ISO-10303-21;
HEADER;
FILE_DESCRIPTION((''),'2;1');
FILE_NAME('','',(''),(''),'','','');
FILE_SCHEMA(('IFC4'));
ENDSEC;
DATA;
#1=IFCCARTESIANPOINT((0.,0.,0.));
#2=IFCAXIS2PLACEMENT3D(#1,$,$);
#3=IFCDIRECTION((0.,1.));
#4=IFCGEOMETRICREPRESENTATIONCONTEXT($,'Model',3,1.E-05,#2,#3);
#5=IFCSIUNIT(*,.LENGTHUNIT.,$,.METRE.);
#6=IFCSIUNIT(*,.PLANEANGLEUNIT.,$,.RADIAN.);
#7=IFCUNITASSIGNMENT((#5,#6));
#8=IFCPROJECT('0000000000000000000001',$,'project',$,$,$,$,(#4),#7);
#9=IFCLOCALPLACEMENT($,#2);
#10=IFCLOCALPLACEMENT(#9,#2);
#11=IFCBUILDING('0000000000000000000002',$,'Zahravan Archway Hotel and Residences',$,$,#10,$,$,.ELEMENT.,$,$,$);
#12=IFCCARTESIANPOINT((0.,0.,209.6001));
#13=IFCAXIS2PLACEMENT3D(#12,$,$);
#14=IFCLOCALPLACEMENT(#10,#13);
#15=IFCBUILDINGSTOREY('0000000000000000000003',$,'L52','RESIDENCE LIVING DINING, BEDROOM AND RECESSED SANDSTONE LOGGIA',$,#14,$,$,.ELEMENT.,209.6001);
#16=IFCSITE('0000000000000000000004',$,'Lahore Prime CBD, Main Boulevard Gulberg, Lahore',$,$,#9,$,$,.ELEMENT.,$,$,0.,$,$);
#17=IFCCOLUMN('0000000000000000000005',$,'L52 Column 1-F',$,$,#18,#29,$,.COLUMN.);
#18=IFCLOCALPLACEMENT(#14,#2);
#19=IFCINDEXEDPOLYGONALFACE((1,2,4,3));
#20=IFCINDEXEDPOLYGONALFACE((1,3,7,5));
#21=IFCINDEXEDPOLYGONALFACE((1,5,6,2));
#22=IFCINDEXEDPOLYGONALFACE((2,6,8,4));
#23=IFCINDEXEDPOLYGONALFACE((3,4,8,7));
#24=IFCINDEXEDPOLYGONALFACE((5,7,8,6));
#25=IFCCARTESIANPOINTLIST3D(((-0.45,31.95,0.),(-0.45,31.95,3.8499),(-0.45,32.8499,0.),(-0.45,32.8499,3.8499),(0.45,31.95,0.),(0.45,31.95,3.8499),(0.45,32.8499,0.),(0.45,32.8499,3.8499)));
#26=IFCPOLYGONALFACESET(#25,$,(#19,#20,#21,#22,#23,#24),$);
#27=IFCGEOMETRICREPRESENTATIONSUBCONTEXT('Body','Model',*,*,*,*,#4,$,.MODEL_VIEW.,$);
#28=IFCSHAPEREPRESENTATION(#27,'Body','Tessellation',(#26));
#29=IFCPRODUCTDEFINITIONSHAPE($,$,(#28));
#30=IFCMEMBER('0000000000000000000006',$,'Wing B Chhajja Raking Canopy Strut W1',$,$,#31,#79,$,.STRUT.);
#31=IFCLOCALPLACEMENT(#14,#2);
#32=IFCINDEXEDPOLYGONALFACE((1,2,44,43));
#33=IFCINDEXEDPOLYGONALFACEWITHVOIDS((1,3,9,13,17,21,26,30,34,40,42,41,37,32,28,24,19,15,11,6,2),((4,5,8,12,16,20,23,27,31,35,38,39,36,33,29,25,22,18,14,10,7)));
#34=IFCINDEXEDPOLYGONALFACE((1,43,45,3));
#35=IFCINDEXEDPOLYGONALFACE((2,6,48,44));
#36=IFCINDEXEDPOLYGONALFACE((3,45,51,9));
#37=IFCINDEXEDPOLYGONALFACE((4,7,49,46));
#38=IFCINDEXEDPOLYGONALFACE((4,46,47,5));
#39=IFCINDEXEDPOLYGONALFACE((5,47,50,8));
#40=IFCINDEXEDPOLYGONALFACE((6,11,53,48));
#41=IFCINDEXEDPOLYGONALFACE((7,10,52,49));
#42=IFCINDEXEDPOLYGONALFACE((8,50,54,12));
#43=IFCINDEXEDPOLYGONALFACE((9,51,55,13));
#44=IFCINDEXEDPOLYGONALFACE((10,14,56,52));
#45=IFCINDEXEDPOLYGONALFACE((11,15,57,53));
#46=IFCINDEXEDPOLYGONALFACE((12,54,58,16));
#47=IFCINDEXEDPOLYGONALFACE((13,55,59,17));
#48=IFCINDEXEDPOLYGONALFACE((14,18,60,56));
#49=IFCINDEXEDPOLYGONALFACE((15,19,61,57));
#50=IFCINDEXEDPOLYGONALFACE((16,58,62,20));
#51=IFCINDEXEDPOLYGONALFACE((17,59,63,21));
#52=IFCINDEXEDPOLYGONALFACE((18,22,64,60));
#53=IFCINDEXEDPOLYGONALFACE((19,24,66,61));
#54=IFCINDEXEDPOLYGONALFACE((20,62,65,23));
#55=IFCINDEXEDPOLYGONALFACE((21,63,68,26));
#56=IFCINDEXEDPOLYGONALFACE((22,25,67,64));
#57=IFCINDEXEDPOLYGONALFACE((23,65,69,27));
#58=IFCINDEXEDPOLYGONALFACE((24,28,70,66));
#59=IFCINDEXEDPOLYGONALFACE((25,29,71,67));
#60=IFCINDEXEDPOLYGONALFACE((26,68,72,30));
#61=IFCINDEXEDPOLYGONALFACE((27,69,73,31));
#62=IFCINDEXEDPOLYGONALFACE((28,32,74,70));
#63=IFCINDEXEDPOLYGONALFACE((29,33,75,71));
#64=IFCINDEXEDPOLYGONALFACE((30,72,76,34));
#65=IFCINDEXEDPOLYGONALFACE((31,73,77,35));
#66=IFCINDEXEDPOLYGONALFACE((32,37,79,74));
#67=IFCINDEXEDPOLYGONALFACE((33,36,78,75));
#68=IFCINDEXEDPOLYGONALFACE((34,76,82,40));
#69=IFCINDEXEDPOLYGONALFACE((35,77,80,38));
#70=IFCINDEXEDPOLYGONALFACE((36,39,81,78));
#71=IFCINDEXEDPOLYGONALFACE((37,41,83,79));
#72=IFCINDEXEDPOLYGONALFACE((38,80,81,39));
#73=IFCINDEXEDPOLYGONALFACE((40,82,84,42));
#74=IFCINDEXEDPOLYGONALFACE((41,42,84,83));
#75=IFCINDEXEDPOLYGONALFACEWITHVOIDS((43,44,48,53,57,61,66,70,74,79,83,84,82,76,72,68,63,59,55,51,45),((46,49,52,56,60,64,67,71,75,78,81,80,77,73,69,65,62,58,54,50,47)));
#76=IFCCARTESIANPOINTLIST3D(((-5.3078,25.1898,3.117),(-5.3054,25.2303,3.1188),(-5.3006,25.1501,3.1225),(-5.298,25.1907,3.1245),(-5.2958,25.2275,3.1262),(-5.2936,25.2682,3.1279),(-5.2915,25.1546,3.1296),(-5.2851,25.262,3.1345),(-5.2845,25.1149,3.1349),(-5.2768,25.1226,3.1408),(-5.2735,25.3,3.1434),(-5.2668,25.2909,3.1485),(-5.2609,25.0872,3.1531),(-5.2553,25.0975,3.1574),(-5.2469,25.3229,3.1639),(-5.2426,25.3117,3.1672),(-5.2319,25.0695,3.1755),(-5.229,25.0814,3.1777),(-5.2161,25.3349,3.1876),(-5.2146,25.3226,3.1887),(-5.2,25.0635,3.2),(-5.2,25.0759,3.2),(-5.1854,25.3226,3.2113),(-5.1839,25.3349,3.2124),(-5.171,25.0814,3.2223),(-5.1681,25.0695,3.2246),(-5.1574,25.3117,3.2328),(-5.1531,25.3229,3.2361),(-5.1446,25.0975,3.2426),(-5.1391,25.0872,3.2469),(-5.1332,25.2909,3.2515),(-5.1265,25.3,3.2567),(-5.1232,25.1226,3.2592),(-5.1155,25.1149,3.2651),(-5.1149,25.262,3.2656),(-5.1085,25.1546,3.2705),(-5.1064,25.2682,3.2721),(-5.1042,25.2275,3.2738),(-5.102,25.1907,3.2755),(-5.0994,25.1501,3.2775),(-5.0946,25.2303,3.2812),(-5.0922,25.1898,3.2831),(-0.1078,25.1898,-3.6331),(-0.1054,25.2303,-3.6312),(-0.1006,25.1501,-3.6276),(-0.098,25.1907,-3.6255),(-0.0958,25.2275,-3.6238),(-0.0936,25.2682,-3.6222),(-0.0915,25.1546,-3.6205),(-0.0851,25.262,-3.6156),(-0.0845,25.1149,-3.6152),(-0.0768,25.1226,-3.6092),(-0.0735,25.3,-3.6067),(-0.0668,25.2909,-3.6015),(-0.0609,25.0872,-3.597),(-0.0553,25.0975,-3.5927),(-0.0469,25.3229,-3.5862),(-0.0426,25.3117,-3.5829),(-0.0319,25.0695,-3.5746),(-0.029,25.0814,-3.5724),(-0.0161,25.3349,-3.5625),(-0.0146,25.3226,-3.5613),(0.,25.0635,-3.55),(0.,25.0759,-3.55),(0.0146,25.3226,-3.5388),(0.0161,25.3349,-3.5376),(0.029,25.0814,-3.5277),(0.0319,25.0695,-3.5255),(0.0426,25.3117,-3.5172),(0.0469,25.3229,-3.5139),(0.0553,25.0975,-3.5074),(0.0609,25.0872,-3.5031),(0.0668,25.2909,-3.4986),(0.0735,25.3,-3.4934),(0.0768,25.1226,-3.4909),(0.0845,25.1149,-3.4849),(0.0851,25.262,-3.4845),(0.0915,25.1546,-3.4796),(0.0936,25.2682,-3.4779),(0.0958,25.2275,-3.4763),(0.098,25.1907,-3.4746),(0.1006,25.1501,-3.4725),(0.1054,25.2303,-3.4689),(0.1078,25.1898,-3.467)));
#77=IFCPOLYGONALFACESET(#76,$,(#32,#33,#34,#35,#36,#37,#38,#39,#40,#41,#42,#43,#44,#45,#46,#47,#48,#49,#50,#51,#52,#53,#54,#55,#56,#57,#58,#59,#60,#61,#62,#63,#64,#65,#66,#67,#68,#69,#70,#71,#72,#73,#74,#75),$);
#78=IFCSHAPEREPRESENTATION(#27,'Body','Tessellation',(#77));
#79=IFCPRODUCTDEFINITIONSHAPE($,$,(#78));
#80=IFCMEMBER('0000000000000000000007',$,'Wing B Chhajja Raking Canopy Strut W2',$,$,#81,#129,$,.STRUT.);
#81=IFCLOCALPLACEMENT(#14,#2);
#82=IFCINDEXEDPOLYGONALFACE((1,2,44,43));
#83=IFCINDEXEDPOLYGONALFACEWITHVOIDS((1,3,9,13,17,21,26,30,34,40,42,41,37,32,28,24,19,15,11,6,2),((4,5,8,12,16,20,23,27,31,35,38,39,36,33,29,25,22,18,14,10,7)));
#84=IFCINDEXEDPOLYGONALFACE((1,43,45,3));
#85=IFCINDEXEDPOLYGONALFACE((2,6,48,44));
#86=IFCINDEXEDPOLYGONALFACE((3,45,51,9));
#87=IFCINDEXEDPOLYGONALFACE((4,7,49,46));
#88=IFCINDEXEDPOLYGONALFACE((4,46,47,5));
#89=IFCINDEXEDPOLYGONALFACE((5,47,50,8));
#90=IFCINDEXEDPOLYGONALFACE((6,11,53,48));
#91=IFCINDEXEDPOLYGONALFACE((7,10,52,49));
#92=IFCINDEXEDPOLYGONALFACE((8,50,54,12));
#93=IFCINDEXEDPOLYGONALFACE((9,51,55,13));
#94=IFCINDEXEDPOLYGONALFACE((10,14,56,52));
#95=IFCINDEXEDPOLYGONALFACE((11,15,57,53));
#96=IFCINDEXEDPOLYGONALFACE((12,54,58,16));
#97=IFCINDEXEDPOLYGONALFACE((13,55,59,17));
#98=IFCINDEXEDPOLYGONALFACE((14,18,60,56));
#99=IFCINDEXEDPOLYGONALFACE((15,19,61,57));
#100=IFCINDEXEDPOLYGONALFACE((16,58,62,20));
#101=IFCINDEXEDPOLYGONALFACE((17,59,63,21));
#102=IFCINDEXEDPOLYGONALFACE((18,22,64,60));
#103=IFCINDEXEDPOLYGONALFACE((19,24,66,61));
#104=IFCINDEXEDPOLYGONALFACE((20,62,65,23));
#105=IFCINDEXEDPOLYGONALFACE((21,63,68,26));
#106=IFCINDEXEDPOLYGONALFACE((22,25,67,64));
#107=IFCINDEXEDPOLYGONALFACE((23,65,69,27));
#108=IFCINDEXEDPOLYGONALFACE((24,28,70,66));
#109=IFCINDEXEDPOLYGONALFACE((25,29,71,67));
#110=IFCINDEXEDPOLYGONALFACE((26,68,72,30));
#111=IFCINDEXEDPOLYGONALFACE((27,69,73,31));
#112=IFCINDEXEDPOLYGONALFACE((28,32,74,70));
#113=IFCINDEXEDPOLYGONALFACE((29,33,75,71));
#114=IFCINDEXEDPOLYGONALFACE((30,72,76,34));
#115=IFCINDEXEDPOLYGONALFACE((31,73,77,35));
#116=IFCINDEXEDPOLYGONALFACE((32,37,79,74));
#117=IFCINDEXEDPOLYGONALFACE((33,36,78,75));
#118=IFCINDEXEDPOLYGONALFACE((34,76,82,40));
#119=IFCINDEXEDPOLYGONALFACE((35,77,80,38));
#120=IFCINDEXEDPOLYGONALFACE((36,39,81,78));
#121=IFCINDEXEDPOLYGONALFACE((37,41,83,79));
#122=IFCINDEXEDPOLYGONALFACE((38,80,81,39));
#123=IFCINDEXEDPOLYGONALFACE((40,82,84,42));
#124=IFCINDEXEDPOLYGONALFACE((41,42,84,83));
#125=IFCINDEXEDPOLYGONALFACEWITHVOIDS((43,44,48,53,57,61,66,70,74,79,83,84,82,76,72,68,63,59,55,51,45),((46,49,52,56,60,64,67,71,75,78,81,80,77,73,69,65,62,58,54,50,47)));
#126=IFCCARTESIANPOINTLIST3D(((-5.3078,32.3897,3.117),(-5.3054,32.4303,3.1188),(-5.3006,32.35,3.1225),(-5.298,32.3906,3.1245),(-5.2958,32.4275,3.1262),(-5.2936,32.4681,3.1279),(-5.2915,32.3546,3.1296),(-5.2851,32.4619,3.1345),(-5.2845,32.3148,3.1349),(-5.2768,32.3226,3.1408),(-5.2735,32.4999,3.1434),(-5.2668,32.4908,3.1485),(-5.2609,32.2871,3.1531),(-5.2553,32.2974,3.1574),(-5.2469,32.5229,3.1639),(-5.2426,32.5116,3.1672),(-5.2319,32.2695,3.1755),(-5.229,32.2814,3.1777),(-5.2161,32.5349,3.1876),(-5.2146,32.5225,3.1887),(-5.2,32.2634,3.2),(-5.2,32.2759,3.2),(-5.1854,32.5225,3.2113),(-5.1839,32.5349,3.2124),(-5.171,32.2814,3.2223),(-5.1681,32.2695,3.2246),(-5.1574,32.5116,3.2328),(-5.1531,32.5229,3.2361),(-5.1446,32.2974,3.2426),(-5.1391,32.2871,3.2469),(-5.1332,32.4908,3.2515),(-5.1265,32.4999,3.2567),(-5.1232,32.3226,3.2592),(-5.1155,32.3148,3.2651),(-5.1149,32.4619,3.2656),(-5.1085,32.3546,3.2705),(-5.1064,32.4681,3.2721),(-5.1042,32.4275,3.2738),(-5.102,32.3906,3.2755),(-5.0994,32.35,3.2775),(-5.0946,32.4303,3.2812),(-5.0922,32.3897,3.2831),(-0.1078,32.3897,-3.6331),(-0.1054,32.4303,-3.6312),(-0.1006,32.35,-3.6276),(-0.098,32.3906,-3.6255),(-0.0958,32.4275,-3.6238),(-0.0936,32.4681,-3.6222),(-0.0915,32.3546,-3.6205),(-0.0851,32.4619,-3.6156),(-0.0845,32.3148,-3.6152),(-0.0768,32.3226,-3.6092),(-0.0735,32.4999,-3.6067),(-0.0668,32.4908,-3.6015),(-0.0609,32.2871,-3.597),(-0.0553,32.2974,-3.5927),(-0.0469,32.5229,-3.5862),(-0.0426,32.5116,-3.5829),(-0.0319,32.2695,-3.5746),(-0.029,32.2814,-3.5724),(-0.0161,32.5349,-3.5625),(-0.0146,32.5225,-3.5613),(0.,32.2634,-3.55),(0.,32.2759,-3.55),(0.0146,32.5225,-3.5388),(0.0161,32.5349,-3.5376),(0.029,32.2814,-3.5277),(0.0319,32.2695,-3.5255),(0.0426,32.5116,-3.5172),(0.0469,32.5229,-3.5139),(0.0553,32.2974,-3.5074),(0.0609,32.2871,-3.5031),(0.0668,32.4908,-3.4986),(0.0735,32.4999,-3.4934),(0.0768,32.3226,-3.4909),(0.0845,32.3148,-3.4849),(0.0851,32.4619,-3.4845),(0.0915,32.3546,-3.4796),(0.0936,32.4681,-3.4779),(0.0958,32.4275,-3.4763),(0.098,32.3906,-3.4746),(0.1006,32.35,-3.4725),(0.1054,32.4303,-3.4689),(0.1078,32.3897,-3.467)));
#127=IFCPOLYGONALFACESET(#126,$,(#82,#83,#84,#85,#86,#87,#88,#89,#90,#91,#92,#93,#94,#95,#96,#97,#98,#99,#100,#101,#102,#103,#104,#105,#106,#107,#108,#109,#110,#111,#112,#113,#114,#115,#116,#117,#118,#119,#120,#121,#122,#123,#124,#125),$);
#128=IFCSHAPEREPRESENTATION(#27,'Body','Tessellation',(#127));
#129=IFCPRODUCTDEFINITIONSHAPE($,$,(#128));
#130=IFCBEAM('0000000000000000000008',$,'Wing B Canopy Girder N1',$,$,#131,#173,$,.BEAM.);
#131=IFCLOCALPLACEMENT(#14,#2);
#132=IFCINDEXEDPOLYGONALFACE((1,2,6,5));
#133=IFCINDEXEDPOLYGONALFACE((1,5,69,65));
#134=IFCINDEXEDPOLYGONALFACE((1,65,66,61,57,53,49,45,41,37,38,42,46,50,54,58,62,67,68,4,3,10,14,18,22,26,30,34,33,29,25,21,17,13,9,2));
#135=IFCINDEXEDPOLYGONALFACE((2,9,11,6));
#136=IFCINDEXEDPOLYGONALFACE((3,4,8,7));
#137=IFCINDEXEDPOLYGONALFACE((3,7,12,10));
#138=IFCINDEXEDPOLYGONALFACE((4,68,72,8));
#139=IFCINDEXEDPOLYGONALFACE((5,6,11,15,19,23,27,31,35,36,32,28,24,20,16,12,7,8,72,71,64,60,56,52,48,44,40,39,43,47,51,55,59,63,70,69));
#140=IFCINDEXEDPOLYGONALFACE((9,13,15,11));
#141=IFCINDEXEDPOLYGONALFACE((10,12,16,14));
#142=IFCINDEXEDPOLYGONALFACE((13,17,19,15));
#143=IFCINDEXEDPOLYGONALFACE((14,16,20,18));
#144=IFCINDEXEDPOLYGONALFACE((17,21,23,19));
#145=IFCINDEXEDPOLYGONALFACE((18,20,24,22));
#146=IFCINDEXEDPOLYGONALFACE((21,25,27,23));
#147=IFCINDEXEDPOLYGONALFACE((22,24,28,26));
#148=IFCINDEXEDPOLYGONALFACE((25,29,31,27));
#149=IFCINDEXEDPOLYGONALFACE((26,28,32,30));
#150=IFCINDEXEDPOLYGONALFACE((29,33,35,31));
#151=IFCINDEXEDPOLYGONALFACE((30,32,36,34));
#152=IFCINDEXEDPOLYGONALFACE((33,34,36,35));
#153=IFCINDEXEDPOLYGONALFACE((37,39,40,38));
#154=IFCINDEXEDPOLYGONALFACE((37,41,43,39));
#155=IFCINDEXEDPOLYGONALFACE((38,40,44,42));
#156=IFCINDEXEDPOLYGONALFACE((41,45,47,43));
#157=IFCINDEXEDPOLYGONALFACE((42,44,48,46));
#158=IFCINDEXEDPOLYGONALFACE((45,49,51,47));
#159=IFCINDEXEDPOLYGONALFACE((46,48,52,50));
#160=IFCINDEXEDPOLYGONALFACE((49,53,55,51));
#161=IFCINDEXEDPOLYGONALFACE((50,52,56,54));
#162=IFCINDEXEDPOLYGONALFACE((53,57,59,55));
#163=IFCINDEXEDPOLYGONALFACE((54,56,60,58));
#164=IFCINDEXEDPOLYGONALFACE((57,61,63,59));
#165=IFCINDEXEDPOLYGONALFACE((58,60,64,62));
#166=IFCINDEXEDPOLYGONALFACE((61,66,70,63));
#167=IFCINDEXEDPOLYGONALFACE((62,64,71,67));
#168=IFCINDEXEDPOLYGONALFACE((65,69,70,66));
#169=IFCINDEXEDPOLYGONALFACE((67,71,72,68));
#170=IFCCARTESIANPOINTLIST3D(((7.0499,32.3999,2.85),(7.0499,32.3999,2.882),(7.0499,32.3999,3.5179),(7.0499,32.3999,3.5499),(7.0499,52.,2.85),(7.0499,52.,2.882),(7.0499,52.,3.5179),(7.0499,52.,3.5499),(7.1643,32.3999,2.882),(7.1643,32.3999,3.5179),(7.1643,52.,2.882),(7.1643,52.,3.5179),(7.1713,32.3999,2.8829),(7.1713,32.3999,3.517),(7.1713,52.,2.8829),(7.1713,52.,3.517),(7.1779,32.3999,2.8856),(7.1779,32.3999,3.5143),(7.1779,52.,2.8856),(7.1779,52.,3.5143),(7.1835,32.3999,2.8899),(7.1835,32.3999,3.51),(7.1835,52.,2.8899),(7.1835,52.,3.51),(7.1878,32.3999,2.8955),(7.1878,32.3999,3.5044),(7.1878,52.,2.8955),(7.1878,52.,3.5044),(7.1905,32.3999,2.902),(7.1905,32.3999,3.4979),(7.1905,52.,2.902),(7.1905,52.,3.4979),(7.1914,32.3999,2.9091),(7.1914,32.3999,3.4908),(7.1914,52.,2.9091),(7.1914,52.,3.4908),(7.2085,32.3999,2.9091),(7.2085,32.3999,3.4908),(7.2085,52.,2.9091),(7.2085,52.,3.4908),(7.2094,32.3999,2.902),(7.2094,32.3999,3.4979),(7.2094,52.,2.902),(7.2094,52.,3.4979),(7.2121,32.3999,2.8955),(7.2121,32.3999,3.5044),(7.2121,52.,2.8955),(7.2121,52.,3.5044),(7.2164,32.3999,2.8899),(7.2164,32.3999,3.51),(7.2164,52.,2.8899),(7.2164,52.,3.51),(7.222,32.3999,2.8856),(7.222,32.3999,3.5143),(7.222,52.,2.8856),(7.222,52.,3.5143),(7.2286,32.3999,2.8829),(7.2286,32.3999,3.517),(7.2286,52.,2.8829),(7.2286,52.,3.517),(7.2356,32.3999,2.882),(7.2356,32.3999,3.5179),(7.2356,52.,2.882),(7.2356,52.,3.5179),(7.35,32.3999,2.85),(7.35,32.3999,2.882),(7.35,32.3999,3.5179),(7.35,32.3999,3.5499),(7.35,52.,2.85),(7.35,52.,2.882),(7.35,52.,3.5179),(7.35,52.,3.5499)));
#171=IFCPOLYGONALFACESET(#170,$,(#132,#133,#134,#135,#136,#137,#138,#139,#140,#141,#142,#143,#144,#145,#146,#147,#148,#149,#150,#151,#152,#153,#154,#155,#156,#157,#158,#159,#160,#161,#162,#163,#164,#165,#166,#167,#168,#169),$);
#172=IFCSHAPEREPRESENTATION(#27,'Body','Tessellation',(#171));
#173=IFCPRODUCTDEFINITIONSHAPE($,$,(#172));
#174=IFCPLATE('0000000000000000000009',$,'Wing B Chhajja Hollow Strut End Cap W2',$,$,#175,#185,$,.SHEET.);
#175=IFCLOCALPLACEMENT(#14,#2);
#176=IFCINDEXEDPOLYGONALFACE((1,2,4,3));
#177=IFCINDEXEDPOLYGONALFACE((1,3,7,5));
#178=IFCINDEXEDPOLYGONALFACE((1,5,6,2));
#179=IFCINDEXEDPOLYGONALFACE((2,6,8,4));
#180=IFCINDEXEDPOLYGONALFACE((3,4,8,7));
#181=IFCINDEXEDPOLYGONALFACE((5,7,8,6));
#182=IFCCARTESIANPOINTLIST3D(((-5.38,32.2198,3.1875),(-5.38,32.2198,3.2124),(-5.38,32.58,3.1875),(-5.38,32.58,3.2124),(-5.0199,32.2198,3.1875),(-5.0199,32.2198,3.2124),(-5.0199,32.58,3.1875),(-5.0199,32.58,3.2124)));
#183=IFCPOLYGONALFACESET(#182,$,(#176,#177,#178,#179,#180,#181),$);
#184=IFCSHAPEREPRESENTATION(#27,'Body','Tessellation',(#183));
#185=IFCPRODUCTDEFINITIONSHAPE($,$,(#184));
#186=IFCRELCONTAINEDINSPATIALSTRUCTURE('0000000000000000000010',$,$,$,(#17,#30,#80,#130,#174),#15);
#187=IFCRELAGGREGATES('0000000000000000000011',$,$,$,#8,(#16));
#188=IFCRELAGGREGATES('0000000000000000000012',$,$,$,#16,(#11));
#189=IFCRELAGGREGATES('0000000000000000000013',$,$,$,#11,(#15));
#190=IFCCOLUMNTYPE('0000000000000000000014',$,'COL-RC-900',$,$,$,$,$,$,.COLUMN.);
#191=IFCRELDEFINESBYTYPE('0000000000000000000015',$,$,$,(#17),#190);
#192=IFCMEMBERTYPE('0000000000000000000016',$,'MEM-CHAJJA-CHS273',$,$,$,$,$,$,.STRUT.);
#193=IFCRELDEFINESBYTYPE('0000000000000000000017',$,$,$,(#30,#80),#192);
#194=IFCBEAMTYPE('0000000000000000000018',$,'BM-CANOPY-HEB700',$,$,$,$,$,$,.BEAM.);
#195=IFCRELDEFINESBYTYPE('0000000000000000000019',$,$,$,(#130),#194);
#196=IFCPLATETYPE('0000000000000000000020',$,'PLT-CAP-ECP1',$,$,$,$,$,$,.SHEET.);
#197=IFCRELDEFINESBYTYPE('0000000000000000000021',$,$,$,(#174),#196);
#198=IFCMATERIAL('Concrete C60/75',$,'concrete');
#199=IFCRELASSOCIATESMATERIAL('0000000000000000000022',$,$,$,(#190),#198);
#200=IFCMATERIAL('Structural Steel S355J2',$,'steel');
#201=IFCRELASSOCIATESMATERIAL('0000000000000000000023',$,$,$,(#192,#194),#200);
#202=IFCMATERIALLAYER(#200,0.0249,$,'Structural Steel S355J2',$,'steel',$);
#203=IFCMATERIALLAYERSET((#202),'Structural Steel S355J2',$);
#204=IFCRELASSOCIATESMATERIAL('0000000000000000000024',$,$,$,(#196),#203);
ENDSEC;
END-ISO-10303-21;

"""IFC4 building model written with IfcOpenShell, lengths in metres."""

from ifc_helpers import new_model, si_unit, direction, frame, origin, origin_2d, place, context, subcontext, project, spatial, rectangle, hollow_circle, i_section, extrude, source, transform, mapped, material, layer, layer_set, material_profile, profile_set, type_object, type_shapes, element, save


model = new_model("IFC4")

# Units and contexts
model_context = context("Model", 3, precision=1e-05, world=origin(), true_north=direction((0.0, 1.0)))
body_context = subcontext(model_context, "Body", "Model", "MODEL_VIEW")
ifc_project = project(units=[si_unit("LENGTHUNIT", "METRE"), si_unit("PLANEANGLEUNIT", "RADIAN")], contexts=[model_context])

# Site, building, storey
site_placement = place(None, origin())
site = spatial("IfcSite", under=ifc_project, at=site_placement, Name="Lahore Prime CBD, Main Boulevard Gulberg, Lahore", CompositionType="ELEMENT", RefElevation=0.0)
building_placement = place(site_placement, origin())
building = spatial("IfcBuilding", under=site, at=building_placement, Name="Zahravan Archway Hotel and Residences", CompositionType="ELEMENT")
storey_placement = place(building_placement, frame((0.0, 0.0, 209.6001)))
storey = spatial("IfcBuildingStorey", under=building, at=storey_placement, Name="L52", Description="RESIDENCE LIVING DINING, BEDROOM AND RECESSED SANDSTONE LOGGIA", CompositionType="ELEMENT", Elevation=209.6001)

# Column
ifc_material_1 = material(Name="Concrete C60/75", Category="concrete")
ifc_material_profile_1 = material_profile(ifc_material_1, rectangle(XDim=0.8999, YDim=0.8999, at=origin_2d()), Name="RC-COL-900x900", Category="concrete")
ifc_profile_set_1 = profile_set([ifc_material_profile_1], Name="Concrete C60/75")
column_type = type_object("IfcColumnType", Name="COL-RC-900", PredefinedType="COLUMN", material=ifc_profile_set_1)
shared_shape_1 = source(origin(), body_context, "Body", "SweptSolid", [
    extrude(rectangle(XDim=0.8999, YDim=0.8999, at=origin_2d()), origin(), (0.0, 0.0, 1.0), 3.8499),
])
column_placement = place(storey_placement, frame((0.0, 32.3999, 0.0), z_axis=(0.0, 0.0, 1.0), x_axis=(1.0, 0.0, 0.0)))
element("IfcColumn", 1, at=column_placement, inside=storey, type_object=column_type, Name="L52 Column 1-F", PredefinedType="COLUMN", context=body_context, shape_type="MappedRepresentation", body=[
    mapped(shared_shape_1, transform((0.0, 0.0, 0.0), scale=1.0)),
])

# Members
ifc_material_2 = material(Name="Structural Steel S355J2", Category="steel")
ifc_material_profile_2 = material_profile(ifc_material_2, hollow_circle(Radius=0.1365, WallThickness=0.0125, at=origin_2d()), Name="CHS 273x12.5", Category="steel")
ifc_profile_set_2 = profile_set([ifc_material_profile_2], Name="Structural Steel S355J2")
member_type = type_object("IfcMemberType", Name="MEM-CHAJJA-CHS273", PredefinedType="STRUT", material=ifc_profile_set_2)
shared_shape_2 = source(origin(), body_context, "Body", "SweptSolid", [
    extrude(hollow_circle(Radius=0.1365, WallThickness=0.0125, at=origin_2d()), origin(), (0.0, 0.0, 1.0), 8.5208),
])
type_shapes(member_type, [shared_shape_2])
for number, where, z_axis, x_axis, name in (
    (2, (0.0, 25.2, -3.55), (-0.610274, 0.0, 0.79219), (0.0, -1.0, 0.0), "Wing B Chhajja Raking Canopy Strut W1"),
    (3, (0.0, 32.3999, -3.55), (-0.610274, 0.0, 0.79219), (0.0, -1.0, 0.0), "Wing B Chhajja Raking Canopy Strut W2"),
):
    element("IfcMember", number, at=place(storey_placement, frame(where, z_axis=z_axis, x_axis=x_axis)), inside=storey, type_object=member_type, Name=name, PredefinedType="STRUT", context=body_context, shape_type="MappedRepresentation", body=[
        mapped(shared_shape_2, transform((0.0, 0.0, 0.0), scale=1.0)),
    ])

# Beam
ifc_material_profile_3 = material_profile(ifc_material_2, i_section(OverallWidth=0.3, OverallDepth=0.7, WebThickness=0.0171, FlangeThickness=0.032, FilletRadius=0.0271, at=origin_2d()), Name="HEB 700", Category="steel")
ifc_profile_set_3 = profile_set([ifc_material_profile_3], Name="Structural Steel S355J2")
beam_type = type_object("IfcBeamType", Name="BM-CANOPY-HEB700", PredefinedType="BEAM", material=ifc_profile_set_3)
shared_shape_3 = source(origin(), body_context, "Body", "SweptSolid", [
    extrude(i_section(OverallWidth=0.3, OverallDepth=0.7, WebThickness=0.0171, FlangeThickness=0.032, FilletRadius=0.0271, at=origin_2d()), origin(), (0.0, 0.0, 1.0), 19.6001),
])
beam_placement = place(storey_placement, frame((7.2, 32.3999, 3.2), z_axis=(0.0, 1.0, 0.0), x_axis=(-1.0, 0.0, 0.0)))
element("IfcBeam", 4, at=beam_placement, inside=storey, type_object=beam_type, Name="Wing B Canopy Girder N1", PredefinedType="BEAM", context=body_context, shape_type="MappedRepresentation", body=[
    mapped(shared_shape_3, transform((0.0, 0.0, 0.0), scale=1.0)),
])

# Plate
ifc_layer_1 = layer(ifc_material_2, 0.0249, Name="Structural Steel S355J2", Category="steel")
ifc_layer_set_1 = layer_set([ifc_layer_1], Name="Structural Steel S355J2")
plate_type = type_object("IfcPlateType", Name="PLT-CAP-ECP1", PredefinedType="SHEET", material=ifc_layer_set_1)
shared_shape_4 = source(origin(), body_context, "Body", "SweptSolid", [
    extrude(rectangle(XDim=0.3601, YDim=0.3601, at=origin_2d()), origin(), (0.0, 0.0, 1.0), 0.0249),
])
type_shapes(plate_type, [shared_shape_4])
plate_placement = place(storey_placement, frame((-5.2, 32.3999, 3.1875), z_axis=(0.0, 0.0, 1.0), x_axis=(1.0, 0.0, 0.0)))
element("IfcPlate", 5, at=plate_placement, inside=storey, type_object=plate_type, Name="Wing B Chhajja Hollow Strut End Cap W2", PredefinedType="SHEET", context=body_context, shape_type="MappedRepresentation", body=[
    mapped(shared_shape_4, transform((0.0, 0.0, 0.0), scale=1.0)),
])

save(model, "model.ifc")
